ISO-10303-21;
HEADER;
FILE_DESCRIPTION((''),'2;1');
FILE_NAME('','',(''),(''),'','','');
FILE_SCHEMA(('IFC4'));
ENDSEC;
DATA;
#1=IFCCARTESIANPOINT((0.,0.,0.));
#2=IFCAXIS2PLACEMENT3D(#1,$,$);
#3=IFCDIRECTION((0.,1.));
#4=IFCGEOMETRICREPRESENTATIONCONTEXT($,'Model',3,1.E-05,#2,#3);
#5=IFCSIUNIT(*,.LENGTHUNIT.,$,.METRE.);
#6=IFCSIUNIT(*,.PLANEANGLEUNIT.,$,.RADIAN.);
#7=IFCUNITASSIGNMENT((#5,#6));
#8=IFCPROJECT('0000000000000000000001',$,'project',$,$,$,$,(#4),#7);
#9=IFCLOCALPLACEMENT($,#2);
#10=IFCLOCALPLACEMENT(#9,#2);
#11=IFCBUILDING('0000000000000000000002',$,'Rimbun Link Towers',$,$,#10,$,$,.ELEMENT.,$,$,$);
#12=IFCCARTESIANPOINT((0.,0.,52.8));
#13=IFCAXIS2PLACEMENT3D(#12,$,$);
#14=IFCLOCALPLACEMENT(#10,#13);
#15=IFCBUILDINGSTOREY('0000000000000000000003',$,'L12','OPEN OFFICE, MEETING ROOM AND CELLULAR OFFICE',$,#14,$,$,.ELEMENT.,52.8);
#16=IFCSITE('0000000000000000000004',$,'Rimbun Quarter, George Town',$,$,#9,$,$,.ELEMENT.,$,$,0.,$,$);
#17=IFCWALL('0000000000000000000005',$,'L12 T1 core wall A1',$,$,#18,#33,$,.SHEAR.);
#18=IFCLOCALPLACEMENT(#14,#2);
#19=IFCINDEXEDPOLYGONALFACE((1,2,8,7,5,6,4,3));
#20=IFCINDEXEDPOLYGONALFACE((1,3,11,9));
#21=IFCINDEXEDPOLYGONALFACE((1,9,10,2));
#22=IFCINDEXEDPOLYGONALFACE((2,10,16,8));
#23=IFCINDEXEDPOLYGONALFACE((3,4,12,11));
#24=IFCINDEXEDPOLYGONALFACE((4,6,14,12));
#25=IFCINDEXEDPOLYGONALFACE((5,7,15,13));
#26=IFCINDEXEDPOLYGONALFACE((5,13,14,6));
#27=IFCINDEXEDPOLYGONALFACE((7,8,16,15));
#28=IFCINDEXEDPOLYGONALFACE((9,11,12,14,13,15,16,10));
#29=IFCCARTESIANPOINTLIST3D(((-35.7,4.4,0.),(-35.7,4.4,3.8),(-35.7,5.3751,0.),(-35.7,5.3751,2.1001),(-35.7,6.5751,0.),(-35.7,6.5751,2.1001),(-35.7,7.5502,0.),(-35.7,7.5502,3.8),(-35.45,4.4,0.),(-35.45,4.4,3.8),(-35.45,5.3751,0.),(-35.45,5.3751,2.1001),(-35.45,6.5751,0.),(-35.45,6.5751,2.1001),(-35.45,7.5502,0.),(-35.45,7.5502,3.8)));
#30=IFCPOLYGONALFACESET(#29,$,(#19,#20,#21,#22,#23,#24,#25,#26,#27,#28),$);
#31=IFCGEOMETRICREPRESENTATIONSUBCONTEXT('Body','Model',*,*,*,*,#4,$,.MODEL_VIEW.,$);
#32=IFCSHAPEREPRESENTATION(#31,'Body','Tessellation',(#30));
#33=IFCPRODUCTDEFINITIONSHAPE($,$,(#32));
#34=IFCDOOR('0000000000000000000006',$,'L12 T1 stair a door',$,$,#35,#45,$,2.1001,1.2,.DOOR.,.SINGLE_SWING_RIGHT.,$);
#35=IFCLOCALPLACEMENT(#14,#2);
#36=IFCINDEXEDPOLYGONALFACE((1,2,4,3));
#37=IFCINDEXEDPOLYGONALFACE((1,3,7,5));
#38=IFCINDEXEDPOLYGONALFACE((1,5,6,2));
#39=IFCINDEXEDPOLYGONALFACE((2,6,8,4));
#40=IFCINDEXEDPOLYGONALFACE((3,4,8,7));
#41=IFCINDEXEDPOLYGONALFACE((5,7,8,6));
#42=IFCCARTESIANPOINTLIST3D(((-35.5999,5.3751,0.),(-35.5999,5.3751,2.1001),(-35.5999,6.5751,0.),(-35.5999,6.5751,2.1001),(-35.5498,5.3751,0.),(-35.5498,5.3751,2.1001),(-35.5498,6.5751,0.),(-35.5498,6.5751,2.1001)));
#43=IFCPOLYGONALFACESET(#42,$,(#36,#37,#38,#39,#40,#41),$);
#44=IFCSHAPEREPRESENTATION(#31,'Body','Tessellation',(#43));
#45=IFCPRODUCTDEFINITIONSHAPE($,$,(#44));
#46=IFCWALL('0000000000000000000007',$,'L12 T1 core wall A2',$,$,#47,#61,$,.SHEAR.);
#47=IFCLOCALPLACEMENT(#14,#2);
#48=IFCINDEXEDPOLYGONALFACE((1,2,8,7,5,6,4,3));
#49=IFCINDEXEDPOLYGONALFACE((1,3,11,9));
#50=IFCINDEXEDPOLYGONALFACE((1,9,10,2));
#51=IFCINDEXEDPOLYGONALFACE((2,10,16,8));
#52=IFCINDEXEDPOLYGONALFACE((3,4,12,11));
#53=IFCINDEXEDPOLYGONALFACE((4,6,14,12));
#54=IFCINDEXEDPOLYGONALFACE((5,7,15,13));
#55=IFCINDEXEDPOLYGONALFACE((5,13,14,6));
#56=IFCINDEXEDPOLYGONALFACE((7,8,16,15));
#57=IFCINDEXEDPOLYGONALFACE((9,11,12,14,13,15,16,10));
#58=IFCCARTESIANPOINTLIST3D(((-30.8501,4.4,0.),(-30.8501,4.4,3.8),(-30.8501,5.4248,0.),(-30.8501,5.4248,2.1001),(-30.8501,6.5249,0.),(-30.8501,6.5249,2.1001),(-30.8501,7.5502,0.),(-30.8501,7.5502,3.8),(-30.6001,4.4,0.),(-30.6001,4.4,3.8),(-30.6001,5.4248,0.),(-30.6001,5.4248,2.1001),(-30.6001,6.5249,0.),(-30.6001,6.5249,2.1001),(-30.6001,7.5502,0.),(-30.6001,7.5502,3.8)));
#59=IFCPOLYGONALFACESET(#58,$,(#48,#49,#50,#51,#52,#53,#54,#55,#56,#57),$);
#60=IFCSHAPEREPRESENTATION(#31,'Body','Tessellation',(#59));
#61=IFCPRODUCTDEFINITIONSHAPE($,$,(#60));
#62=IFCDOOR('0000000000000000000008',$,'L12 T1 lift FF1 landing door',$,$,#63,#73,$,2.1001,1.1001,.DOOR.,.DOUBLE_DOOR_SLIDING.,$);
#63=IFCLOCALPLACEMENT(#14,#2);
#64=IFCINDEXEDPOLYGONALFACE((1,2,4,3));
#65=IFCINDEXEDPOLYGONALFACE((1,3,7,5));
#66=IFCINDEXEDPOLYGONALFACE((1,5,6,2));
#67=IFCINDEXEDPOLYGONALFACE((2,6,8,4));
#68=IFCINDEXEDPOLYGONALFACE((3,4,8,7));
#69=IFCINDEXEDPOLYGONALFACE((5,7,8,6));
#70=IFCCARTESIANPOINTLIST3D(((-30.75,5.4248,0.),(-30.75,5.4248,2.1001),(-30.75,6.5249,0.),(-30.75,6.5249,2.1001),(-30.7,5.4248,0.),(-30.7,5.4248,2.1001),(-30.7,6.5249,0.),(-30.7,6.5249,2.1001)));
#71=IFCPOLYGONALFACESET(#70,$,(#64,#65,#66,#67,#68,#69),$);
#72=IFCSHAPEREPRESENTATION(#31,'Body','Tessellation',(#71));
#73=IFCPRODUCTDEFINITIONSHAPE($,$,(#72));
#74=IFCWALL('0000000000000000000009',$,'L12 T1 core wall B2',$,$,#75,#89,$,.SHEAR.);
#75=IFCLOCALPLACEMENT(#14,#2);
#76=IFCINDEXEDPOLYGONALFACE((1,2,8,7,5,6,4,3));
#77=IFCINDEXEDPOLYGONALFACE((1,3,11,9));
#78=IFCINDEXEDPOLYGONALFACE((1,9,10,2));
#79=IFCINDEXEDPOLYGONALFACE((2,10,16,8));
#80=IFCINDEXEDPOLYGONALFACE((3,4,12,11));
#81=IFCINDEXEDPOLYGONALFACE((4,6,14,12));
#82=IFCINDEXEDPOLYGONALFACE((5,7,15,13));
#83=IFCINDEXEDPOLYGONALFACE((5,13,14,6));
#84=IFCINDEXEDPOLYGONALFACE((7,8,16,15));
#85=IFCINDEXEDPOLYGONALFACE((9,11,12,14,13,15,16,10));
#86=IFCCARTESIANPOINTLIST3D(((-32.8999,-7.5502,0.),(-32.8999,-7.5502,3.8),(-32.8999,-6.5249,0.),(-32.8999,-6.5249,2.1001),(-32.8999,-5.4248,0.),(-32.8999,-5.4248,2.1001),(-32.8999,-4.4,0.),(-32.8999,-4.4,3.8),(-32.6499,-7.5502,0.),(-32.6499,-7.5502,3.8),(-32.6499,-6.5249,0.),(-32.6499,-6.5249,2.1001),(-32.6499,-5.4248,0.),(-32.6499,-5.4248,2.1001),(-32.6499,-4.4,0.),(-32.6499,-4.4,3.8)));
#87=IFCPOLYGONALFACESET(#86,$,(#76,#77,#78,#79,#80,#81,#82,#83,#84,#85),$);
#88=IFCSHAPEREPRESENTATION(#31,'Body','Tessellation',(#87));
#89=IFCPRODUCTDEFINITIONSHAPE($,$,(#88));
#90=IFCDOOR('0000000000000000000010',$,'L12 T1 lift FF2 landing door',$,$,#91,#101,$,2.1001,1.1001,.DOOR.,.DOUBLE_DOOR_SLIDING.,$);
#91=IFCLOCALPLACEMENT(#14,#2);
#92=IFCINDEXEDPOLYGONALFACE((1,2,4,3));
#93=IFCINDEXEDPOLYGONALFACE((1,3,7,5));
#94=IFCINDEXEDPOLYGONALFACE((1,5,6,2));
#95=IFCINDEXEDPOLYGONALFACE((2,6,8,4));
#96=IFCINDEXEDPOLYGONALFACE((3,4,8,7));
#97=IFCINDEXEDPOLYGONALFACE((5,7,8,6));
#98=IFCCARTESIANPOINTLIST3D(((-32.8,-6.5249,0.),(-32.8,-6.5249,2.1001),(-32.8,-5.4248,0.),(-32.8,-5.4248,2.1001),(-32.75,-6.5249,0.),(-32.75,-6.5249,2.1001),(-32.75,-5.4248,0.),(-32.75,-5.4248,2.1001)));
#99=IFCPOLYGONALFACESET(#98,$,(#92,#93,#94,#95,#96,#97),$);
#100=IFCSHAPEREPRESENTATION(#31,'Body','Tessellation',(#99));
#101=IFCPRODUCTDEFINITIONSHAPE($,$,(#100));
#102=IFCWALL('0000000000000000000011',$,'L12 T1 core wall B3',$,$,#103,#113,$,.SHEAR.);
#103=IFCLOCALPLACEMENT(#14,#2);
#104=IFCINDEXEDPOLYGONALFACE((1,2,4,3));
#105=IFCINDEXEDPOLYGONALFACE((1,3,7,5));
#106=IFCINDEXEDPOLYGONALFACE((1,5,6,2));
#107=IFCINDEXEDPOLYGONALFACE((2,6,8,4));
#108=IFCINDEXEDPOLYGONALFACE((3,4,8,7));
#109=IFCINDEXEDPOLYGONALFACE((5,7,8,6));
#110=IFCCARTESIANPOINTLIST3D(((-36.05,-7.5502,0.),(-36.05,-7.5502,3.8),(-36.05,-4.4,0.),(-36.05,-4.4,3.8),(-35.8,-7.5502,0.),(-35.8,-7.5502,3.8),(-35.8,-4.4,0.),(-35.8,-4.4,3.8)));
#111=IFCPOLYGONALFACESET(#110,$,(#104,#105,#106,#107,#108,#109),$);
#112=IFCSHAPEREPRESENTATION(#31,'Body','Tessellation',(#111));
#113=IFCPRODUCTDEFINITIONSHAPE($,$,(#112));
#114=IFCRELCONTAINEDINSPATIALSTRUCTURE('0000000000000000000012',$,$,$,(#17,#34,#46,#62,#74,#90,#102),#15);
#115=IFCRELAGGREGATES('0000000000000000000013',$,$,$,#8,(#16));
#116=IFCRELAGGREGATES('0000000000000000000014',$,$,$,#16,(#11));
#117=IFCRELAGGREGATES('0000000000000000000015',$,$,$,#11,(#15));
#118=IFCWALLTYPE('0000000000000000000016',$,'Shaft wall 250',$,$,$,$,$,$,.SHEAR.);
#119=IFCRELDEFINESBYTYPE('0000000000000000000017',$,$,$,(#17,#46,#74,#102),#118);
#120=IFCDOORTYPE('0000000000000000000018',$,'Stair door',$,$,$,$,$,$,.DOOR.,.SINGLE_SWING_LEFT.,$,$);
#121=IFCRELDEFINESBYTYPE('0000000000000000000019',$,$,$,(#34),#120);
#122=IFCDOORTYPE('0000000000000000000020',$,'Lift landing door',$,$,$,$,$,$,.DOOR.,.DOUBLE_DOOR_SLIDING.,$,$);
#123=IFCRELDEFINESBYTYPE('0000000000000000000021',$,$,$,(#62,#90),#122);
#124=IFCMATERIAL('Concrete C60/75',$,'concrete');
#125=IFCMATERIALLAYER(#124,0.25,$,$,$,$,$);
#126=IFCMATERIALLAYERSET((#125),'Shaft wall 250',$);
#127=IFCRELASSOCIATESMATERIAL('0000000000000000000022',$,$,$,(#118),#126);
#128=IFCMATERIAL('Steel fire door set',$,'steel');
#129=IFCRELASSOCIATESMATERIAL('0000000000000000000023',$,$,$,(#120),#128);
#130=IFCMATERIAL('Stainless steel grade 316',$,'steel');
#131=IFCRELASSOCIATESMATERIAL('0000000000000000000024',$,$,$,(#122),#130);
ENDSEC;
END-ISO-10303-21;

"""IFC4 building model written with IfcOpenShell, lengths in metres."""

from ifc_helpers import new_model, si_unit, direction, frame, frame_2d, origin, place, context, subcontext, project, spatial, rectangle, extrude, material, layer, layer_set, type_object, element, fill, save


model = new_model("IFC4")

# Units and contexts
model_context = context("Model", 3, precision=1e-05, world=origin(), true_north=direction((0.0, 1.0)))
body_context = subcontext(model_context, "Body", "Model", "MODEL_VIEW")
ifc_project = project(units=[si_unit("LENGTHUNIT", "METRE"), si_unit("PLANEANGLEUNIT", "RADIAN")], contexts=[model_context])

# Site, building, storey
site_placement = place(None, origin())
site = spatial("IfcSite", under=ifc_project, at=site_placement, Name="Rimbun Quarter, George Town", CompositionType="ELEMENT", RefElevation=0.0)
building_placement = place(site_placement, origin())
building = spatial("IfcBuilding", under=site, at=building_placement, Name="Rimbun Link Towers", CompositionType="ELEMENT")
storey_placement = place(building_placement, frame((0.0, 0.0, 52.8)))
storey = spatial("IfcBuildingStorey", under=building, at=storey_placement, Name="L12", Description="OPEN OFFICE, MEETING ROOM AND CELLULAR OFFICE", CompositionType="ELEMENT", Elevation=52.8)

# Shared definitions
ifc_material_1 = material(Name="Concrete C60/75", Category="concrete")
ifc_layer_1 = layer(ifc_material_1, 0.25)
ifc_layer_set_1 = layer_set([ifc_layer_1], Name="Shaft wall 250")
wall_type_1 = type_object("IfcWallType", Name="Shaft wall 250", PredefinedType="SHEAR", material=ifc_layer_set_1)

# Walls, openings, doors
wall_1_placement = place(storey_placement, frame((-35.575, 4.3999, 0.0), z_axis=(0.0, 0.0, 1.0), x_axis=(0.0, 1.0, 0.0)))
wall_1 = element("IfcWall", 1, at=wall_1_placement, inside=storey, type_object=wall_type_1, Name="L12 T1 core wall A1", PredefinedType="SHEAR", context=body_context, shape_type="SweptSolid", body=[
    extrude(rectangle(XDim=3.1501, YDim=0.25, at=frame_2d((1.5752, 0.0))), origin(), (0.0, 0.0, 1.0), 3.8),
])
opening_1_placement = place(wall_1_placement, frame((0.9751, 0.0, 0.0)))
opening_1 = element("IfcOpeningElement", 2, at=opening_1_placement, cuts=wall_1, PredefinedType="OPENING", context=body_context, shape_type="SweptSolid", body=[
    extrude(rectangle(XDim=1.2, YDim=2.1001, at=frame_2d((0.6001, 1.05))), frame((0.0, 0.135, 0.0), z_axis=(0.0, -1.0, 0.0), x_axis=(1.0, 0.0, 0.0)), (0.0, 0.0, 1.0), 0.27),
])
ifc_material_2 = material(Name="Steel fire door set", Category="steel")
door_type_1 = type_object("IfcDoorType", Name="Stair door", OperationType="SINGLE_SWING_LEFT", PredefinedType="DOOR", material=ifc_material_2)
door_1_placement = place(opening_1_placement, origin())
door_1 = element("IfcDoor", 3, at=door_1_placement, inside=storey, type_object=door_type_1, Name="L12 T1 stair a door", OperationType="SINGLE_SWING_RIGHT", OverallHeight=2.1001, OverallWidth=1.2, PredefinedType="DOOR", context=body_context, shape_type="SweptSolid", body=[
    extrude(rectangle(XDim=1.2, YDim=2.1001, at=frame_2d((0.6001, 1.05))), frame((0.0, 0.0249, 0.0), z_axis=(0.0, -1.0, 0.0), x_axis=(1.0, 0.0, 0.0)), (0.0, 0.0, 1.0), 0.05),
])
fill(opening_1, door_1)
wall_2_placement = place(storey_placement, frame((-30.7251, 4.3999, 0.0), z_axis=(0.0, 0.0, 1.0), x_axis=(0.0, 1.0, 0.0)))
wall_2 = element("IfcWall", 4, at=wall_2_placement, inside=storey, type_object=wall_type_1, Name="L12 T1 core wall A2", PredefinedType="SHEAR", context=body_context, shape_type="SweptSolid", body=[
    extrude(rectangle(XDim=3.1501, YDim=0.25, at=frame_2d((1.5752, 0.0))), origin(), (0.0, 0.0, 1.0), 3.8),
])
opening_2_placement = place(wall_2_placement, frame((1.0249, 0.0, 0.0)))
opening_2 = element("IfcOpeningElement", 5, at=opening_2_placement, cuts=wall_2, PredefinedType="OPENING", context=body_context, shape_type="SweptSolid", body=[
    extrude(rectangle(XDim=1.1001, YDim=2.1001, at=frame_2d((0.55, 1.05))), frame((0.0, 0.135, 0.0), z_axis=(0.0, -1.0, 0.0), x_axis=(1.0, 0.0, 0.0)), (0.0, 0.0, 1.0), 0.27),
])
ifc_material_3 = material(Name="Stainless steel grade 316", Category="steel")
door_type_2 = type_object("IfcDoorType", Name="Lift landing door", OperationType="DOUBLE_DOOR_SLIDING", PredefinedType="DOOR", material=ifc_material_3)
door_2_placement = place(opening_2_placement, origin())
door_2 = element("IfcDoor", 6, at=door_2_placement, inside=storey, type_object=door_type_2, Name="L12 T1 lift FF1 landing door", OperationType="DOUBLE_DOOR_SLIDING", OverallHeight=2.1001, OverallWidth=1.1001, PredefinedType="DOOR", context=body_context, shape_type="SweptSolid", body=[
    extrude(rectangle(XDim=1.1001, YDim=2.1001, at=frame_2d((0.55, 1.05))), frame((0.0, 0.0249, 0.0), z_axis=(0.0, -1.0, 0.0), x_axis=(1.0, 0.0, 0.0)), (0.0, 0.0, 1.0), 0.05),
])
fill(opening_2, door_2)
wall_3_placement = place(storey_placement, frame((-32.7749, -4.3999, 0.0), z_axis=(0.0, 0.0, 1.0), x_axis=(0.0, -1.0, 0.0)))
wall_3 = element("IfcWall", 7, at=wall_3_placement, inside=storey, type_object=wall_type_1, Name="L12 T1 core wall B2", PredefinedType="SHEAR", context=body_context, shape_type="SweptSolid", body=[
    extrude(rectangle(XDim=3.1501, YDim=0.25, at=frame_2d((1.5752, 0.0))), origin(), (0.0, 0.0, 1.0), 3.8),
])
opening_3_placement = place(wall_3_placement, frame((1.0249, 0.0, 0.0)))
opening_3 = element("IfcOpeningElement", 8, at=opening_3_placement, cuts=wall_3, PredefinedType="OPENING", context=body_context, shape_type="SweptSolid", body=[
    extrude(rectangle(XDim=1.1001, YDim=2.1001, at=frame_2d((0.55, 1.05))), frame((0.0, 0.135, 0.0), z_axis=(0.0, -1.0, 0.0), x_axis=(1.0, 0.0, 0.0)), (0.0, 0.0, 1.0), 0.27),
])
door_3_placement = place(opening_3_placement, origin())
door_3 = element("IfcDoor", 9, at=door_3_placement, inside=storey, type_object=door_type_2, Name="L12 T1 lift FF2 landing door", OperationType="DOUBLE_DOOR_SLIDING", OverallHeight=2.1001, OverallWidth=1.1001, PredefinedType="DOOR", context=body_context, shape_type="SweptSolid", body=[
    extrude(rectangle(XDim=1.1001, YDim=2.1001, at=frame_2d((0.55, 1.05))), frame((0.0, 0.0249, 0.0), z_axis=(0.0, -1.0, 0.0), x_axis=(1.0, 0.0, 0.0)), (0.0, 0.0, 1.0), 0.05),
])
fill(opening_3, door_3)

# Wall
wall_4_placement = place(storey_placement, frame((-35.925, -4.3999, 0.0), z_axis=(0.0, 0.0, 1.0), x_axis=(0.0, -1.0, 0.0)))
element("IfcWall", 10, at=wall_4_placement, inside=storey, type_object=wall_type_1, Name="L12 T1 core wall B3", PredefinedType="SHEAR", context=body_context, shape_type="SweptSolid", body=[
    extrude(rectangle(XDim=3.1501, YDim=0.25, at=frame_2d((1.5752, 0.0))), origin(), (0.0, 0.0, 1.0), 3.8),
])

save(model, "model.ifc")
